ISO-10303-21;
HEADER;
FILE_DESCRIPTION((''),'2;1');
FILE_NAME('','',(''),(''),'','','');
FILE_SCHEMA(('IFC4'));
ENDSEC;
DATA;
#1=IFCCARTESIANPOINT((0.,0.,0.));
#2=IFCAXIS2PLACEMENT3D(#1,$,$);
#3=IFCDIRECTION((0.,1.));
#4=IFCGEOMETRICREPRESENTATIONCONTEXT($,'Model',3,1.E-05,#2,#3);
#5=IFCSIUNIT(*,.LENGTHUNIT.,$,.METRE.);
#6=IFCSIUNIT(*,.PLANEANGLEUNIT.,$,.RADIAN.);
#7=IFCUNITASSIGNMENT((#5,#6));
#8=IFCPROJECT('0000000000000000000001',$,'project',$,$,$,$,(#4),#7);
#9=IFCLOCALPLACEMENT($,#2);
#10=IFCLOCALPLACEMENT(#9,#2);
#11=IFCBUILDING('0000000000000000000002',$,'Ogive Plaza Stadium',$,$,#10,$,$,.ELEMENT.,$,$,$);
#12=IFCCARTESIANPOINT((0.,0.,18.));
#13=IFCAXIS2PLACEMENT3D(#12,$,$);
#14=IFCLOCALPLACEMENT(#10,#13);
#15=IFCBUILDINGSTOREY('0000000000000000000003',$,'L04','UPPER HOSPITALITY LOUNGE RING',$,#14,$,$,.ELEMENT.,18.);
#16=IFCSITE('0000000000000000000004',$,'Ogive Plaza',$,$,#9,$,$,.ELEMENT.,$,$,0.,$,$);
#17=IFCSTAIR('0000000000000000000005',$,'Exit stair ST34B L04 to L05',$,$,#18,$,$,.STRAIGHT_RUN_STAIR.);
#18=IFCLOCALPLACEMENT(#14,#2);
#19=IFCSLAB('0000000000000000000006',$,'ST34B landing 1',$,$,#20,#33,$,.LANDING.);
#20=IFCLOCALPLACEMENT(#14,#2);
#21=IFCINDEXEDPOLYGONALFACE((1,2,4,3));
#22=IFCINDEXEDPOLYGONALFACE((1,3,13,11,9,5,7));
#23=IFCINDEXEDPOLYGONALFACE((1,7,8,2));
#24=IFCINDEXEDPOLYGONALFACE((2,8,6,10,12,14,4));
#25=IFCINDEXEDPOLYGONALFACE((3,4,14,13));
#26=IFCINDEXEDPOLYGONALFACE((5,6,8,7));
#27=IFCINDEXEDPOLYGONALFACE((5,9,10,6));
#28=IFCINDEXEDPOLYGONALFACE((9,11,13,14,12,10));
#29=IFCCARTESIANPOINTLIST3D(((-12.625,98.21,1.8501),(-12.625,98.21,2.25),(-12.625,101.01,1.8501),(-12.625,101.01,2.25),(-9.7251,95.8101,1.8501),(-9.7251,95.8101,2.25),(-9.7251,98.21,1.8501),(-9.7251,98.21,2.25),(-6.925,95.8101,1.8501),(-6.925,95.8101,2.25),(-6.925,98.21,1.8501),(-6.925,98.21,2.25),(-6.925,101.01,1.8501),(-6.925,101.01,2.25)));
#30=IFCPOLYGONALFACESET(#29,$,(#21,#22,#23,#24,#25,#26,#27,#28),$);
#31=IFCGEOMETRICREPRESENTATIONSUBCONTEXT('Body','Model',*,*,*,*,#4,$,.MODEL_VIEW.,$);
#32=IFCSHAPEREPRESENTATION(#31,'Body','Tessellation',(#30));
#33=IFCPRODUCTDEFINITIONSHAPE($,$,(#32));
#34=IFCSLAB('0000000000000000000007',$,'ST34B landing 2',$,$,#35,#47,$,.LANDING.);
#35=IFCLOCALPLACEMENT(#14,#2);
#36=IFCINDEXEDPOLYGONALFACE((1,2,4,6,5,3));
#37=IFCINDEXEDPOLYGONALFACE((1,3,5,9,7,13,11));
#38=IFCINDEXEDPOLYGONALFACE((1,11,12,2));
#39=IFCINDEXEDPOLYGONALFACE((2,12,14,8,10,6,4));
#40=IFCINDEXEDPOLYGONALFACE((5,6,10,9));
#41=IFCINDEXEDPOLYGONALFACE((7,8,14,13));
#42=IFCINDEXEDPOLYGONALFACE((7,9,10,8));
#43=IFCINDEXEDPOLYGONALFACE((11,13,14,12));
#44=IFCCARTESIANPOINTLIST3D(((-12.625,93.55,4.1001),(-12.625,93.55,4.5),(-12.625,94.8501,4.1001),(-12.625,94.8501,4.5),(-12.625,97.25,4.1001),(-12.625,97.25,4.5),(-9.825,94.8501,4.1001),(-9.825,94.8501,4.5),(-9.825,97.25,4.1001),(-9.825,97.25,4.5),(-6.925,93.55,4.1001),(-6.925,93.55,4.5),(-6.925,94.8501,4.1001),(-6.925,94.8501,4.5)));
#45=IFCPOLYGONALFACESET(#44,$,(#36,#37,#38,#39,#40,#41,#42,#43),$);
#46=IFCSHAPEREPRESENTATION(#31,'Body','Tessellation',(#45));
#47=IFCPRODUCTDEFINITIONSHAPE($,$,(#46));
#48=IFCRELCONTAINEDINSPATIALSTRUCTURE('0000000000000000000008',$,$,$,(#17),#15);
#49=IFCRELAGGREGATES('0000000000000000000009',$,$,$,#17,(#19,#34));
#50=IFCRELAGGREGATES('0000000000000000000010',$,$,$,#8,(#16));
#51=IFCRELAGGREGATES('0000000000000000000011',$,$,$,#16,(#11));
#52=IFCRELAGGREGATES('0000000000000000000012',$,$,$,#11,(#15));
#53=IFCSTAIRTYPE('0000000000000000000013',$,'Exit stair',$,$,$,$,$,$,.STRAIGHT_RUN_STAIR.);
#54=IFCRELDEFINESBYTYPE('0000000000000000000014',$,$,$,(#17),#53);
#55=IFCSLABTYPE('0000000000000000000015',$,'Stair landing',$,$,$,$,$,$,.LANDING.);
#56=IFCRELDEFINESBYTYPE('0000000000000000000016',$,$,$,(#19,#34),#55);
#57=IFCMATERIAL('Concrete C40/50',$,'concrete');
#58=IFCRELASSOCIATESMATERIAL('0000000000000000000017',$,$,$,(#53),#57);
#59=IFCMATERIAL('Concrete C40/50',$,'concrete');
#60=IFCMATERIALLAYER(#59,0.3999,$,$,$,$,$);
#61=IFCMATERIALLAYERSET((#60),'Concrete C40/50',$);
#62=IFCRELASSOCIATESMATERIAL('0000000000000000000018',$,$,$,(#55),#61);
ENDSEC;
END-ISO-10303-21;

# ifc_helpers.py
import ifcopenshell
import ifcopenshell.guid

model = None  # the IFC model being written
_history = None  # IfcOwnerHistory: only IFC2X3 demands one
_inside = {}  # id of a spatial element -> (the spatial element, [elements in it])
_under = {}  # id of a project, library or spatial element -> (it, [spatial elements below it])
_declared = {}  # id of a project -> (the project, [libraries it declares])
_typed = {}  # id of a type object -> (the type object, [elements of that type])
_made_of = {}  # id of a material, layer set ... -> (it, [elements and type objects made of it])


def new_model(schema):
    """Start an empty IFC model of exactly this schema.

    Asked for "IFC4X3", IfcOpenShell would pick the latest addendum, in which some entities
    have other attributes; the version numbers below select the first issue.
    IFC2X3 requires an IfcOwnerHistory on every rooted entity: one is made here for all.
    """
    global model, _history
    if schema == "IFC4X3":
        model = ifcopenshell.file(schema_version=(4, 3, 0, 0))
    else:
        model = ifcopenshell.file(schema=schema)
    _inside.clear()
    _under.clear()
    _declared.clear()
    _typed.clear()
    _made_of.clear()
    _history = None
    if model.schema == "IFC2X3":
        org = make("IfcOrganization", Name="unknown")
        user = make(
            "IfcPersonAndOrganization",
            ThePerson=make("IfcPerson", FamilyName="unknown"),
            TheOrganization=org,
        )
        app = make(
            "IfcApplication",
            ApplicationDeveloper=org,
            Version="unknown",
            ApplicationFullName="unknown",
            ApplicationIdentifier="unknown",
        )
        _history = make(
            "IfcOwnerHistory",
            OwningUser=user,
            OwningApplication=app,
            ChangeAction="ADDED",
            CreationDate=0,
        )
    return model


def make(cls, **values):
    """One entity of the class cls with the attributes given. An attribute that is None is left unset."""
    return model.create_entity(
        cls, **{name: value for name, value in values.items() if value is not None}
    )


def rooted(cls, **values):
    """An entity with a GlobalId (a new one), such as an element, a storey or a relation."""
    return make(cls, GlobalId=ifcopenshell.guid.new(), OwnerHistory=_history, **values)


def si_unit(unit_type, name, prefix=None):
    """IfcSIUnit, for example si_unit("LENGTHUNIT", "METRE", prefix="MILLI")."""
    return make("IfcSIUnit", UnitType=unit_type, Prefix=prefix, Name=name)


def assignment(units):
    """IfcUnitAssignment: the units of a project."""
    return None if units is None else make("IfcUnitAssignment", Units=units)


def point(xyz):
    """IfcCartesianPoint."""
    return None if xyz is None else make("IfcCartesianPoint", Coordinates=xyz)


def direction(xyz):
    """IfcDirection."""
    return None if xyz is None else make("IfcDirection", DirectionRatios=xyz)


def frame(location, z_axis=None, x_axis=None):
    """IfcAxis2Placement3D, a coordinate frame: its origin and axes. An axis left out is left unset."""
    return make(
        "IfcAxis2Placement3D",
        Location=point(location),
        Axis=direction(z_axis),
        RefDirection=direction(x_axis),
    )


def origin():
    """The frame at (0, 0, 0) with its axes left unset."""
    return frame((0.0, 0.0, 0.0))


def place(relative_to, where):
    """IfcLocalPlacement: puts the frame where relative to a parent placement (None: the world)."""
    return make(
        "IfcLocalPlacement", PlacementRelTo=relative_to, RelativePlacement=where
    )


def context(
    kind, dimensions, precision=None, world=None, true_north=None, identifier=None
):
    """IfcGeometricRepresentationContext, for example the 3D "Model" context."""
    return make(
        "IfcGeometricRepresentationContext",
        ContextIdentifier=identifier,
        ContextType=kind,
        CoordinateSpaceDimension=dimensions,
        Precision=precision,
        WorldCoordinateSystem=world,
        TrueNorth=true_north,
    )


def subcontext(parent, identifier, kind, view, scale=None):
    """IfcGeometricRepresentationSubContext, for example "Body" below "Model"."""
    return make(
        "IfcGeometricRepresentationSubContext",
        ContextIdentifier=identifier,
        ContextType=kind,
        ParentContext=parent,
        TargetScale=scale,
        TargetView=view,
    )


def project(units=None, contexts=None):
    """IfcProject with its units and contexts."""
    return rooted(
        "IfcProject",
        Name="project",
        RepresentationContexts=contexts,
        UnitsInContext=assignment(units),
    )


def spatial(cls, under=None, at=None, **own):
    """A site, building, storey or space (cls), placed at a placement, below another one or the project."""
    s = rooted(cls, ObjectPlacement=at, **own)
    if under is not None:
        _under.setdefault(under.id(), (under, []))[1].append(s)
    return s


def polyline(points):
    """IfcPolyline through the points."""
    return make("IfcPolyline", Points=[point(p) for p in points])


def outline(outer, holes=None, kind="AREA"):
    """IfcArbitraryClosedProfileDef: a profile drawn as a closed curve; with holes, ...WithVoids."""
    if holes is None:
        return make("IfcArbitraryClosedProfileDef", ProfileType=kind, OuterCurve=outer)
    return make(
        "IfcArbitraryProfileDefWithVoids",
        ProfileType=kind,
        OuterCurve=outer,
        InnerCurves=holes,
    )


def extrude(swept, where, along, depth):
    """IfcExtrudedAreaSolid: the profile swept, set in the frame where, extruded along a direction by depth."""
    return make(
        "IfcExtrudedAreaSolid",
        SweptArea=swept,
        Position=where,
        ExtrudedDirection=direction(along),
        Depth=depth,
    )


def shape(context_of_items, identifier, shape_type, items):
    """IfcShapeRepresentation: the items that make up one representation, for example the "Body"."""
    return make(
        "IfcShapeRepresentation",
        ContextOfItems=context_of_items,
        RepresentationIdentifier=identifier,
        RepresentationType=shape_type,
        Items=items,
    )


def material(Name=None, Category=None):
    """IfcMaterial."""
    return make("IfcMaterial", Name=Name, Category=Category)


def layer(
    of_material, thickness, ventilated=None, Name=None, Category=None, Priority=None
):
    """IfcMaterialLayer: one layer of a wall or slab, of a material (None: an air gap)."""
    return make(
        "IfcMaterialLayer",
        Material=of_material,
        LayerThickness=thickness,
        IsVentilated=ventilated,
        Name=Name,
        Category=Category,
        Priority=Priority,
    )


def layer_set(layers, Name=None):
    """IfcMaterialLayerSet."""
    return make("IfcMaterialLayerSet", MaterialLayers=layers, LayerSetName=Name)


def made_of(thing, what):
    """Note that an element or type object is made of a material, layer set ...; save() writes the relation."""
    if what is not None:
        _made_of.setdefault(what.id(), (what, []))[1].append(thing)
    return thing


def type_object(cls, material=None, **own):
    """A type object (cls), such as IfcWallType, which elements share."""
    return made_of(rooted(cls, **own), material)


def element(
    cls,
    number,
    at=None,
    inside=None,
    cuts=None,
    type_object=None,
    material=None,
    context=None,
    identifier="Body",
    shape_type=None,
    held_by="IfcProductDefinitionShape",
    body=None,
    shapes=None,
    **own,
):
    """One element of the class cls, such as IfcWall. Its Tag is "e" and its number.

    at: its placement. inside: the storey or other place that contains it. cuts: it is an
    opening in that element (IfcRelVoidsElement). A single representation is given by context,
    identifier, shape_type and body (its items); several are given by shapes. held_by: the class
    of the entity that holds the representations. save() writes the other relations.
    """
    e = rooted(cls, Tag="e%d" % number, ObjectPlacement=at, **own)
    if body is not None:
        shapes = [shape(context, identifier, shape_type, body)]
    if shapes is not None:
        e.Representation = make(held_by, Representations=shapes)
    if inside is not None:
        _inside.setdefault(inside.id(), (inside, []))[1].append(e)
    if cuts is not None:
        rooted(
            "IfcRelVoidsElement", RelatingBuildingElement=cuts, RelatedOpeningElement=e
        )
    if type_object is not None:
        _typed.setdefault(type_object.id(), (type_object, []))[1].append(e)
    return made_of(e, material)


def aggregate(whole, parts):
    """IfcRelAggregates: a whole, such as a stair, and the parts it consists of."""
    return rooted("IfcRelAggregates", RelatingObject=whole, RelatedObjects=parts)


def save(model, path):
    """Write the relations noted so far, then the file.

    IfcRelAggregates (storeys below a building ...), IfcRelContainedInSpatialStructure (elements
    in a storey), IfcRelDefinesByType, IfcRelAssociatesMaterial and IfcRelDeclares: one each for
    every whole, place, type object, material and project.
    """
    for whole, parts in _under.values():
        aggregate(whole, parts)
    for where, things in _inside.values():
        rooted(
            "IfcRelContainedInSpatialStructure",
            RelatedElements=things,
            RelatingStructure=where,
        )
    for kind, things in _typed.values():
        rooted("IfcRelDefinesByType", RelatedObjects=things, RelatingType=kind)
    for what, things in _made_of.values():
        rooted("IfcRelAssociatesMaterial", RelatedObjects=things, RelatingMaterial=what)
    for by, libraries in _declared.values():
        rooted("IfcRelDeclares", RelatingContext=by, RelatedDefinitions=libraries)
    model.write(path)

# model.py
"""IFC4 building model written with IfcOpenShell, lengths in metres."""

from ifc_helpers import new_model, si_unit, direction, frame, origin, place, context, subcontext, project, spatial, polyline, outline, extrude, material, layer, layer_set, type_object, element, aggregate, save


model = new_model("IFC4")

# Units and contexts
model_context = context("Model", 3, precision=1e-05, world=origin(), true_north=direction((0.0, 1.0)))
body_context = subcontext(model_context, "Body", "Model", "MODEL_VIEW")
ifc_project = project(units=[si_unit("LENGTHUNIT", "METRE"), si_unit("PLANEANGLEUNIT", "RADIAN")], contexts=[model_context])

# Site, building, storey
site_placement = place(None, origin())
site = spatial("IfcSite", under=ifc_project, at=site_placement, Name="Ogive Plaza", CompositionType="ELEMENT", RefElevation=0.0)
building_placement = place(site_placement, origin())
building = spatial("IfcBuilding", under=site, at=building_placement, Name="Ogive Plaza Stadium", CompositionType="ELEMENT")
storey_placement = place(building_placement, frame((0.0, 0.0, 18.0)))
storey = spatial("IfcBuildingStorey", under=building, at=storey_placement, Name="L04", Description="UPPER HOSPITALITY LOUNGE RING", CompositionType="ELEMENT", Elevation=18.0)

# Stair, slabs
ifc_material_1 = material(Name="Concrete C40/50", Category="concrete")
stair_type = type_object("IfcStairType", Name="Exit stair", PredefinedType="STRAIGHT_RUN_STAIR", material=ifc_material_1)
ifc_material_2 = material(Name="Concrete C40/50", Category="concrete")
ifc_layer = layer(ifc_material_2, 0.3999)
ifc_layer_set = layer_set([ifc_layer], Name="Concrete C40/50")
slab_type = type_object("IfcSlabType", Name="Stair landing", PredefinedType="LANDING", material=ifc_layer_set)
stair_1_placement = place(storey_placement, origin())
stair_1 = element("IfcStair", 1, at=stair_1_placement, inside=storey, type_object=stair_type, Name="Exit stair ST34B L04 to L05", PredefinedType="STRAIGHT_RUN_STAIR")
slab_1_placement = place(storey_placement, frame((0.0, 0.0, 1.8501)))
slab_1 = element("IfcSlab", 2, at=slab_1_placement, type_object=slab_type, Name="ST34B landing 1", PredefinedType="LANDING", context=body_context, shape_type="SweptSolid", body=[
    extrude(outline(polyline([(-6.925, 95.8101), (-9.7251, 95.8101), (-9.7251, 98.21), (-12.625, 98.21), (-12.625, 101.01), (-6.925, 101.01), (-6.925, 98.21), (-6.925, 95.8101)])), origin(), (0.0, 0.0, 1.0), 0.3999),
])
slab_2_placement = place(storey_placement, frame((0.0, 0.0, 4.1001)))
slab_2 = element("IfcSlab", 3, at=slab_2_placement, type_object=slab_type, Name="ST34B landing 2", PredefinedType="LANDING", context=body_context, shape_type="SweptSolid", body=[
    extrude(outline(polyline([(-6.925, 94.8501), (-6.925, 93.55), (-12.625, 93.55), (-12.625, 94.8501), (-12.625, 97.25), (-9.825, 97.25), (-9.825, 94.8501), (-6.925, 94.8501)])), origin(), (0.0, 0.0, 1.0), 0.3999),
])
aggregate(stair_1, [slab_1, slab_2])

save(model, "model.ifc")
